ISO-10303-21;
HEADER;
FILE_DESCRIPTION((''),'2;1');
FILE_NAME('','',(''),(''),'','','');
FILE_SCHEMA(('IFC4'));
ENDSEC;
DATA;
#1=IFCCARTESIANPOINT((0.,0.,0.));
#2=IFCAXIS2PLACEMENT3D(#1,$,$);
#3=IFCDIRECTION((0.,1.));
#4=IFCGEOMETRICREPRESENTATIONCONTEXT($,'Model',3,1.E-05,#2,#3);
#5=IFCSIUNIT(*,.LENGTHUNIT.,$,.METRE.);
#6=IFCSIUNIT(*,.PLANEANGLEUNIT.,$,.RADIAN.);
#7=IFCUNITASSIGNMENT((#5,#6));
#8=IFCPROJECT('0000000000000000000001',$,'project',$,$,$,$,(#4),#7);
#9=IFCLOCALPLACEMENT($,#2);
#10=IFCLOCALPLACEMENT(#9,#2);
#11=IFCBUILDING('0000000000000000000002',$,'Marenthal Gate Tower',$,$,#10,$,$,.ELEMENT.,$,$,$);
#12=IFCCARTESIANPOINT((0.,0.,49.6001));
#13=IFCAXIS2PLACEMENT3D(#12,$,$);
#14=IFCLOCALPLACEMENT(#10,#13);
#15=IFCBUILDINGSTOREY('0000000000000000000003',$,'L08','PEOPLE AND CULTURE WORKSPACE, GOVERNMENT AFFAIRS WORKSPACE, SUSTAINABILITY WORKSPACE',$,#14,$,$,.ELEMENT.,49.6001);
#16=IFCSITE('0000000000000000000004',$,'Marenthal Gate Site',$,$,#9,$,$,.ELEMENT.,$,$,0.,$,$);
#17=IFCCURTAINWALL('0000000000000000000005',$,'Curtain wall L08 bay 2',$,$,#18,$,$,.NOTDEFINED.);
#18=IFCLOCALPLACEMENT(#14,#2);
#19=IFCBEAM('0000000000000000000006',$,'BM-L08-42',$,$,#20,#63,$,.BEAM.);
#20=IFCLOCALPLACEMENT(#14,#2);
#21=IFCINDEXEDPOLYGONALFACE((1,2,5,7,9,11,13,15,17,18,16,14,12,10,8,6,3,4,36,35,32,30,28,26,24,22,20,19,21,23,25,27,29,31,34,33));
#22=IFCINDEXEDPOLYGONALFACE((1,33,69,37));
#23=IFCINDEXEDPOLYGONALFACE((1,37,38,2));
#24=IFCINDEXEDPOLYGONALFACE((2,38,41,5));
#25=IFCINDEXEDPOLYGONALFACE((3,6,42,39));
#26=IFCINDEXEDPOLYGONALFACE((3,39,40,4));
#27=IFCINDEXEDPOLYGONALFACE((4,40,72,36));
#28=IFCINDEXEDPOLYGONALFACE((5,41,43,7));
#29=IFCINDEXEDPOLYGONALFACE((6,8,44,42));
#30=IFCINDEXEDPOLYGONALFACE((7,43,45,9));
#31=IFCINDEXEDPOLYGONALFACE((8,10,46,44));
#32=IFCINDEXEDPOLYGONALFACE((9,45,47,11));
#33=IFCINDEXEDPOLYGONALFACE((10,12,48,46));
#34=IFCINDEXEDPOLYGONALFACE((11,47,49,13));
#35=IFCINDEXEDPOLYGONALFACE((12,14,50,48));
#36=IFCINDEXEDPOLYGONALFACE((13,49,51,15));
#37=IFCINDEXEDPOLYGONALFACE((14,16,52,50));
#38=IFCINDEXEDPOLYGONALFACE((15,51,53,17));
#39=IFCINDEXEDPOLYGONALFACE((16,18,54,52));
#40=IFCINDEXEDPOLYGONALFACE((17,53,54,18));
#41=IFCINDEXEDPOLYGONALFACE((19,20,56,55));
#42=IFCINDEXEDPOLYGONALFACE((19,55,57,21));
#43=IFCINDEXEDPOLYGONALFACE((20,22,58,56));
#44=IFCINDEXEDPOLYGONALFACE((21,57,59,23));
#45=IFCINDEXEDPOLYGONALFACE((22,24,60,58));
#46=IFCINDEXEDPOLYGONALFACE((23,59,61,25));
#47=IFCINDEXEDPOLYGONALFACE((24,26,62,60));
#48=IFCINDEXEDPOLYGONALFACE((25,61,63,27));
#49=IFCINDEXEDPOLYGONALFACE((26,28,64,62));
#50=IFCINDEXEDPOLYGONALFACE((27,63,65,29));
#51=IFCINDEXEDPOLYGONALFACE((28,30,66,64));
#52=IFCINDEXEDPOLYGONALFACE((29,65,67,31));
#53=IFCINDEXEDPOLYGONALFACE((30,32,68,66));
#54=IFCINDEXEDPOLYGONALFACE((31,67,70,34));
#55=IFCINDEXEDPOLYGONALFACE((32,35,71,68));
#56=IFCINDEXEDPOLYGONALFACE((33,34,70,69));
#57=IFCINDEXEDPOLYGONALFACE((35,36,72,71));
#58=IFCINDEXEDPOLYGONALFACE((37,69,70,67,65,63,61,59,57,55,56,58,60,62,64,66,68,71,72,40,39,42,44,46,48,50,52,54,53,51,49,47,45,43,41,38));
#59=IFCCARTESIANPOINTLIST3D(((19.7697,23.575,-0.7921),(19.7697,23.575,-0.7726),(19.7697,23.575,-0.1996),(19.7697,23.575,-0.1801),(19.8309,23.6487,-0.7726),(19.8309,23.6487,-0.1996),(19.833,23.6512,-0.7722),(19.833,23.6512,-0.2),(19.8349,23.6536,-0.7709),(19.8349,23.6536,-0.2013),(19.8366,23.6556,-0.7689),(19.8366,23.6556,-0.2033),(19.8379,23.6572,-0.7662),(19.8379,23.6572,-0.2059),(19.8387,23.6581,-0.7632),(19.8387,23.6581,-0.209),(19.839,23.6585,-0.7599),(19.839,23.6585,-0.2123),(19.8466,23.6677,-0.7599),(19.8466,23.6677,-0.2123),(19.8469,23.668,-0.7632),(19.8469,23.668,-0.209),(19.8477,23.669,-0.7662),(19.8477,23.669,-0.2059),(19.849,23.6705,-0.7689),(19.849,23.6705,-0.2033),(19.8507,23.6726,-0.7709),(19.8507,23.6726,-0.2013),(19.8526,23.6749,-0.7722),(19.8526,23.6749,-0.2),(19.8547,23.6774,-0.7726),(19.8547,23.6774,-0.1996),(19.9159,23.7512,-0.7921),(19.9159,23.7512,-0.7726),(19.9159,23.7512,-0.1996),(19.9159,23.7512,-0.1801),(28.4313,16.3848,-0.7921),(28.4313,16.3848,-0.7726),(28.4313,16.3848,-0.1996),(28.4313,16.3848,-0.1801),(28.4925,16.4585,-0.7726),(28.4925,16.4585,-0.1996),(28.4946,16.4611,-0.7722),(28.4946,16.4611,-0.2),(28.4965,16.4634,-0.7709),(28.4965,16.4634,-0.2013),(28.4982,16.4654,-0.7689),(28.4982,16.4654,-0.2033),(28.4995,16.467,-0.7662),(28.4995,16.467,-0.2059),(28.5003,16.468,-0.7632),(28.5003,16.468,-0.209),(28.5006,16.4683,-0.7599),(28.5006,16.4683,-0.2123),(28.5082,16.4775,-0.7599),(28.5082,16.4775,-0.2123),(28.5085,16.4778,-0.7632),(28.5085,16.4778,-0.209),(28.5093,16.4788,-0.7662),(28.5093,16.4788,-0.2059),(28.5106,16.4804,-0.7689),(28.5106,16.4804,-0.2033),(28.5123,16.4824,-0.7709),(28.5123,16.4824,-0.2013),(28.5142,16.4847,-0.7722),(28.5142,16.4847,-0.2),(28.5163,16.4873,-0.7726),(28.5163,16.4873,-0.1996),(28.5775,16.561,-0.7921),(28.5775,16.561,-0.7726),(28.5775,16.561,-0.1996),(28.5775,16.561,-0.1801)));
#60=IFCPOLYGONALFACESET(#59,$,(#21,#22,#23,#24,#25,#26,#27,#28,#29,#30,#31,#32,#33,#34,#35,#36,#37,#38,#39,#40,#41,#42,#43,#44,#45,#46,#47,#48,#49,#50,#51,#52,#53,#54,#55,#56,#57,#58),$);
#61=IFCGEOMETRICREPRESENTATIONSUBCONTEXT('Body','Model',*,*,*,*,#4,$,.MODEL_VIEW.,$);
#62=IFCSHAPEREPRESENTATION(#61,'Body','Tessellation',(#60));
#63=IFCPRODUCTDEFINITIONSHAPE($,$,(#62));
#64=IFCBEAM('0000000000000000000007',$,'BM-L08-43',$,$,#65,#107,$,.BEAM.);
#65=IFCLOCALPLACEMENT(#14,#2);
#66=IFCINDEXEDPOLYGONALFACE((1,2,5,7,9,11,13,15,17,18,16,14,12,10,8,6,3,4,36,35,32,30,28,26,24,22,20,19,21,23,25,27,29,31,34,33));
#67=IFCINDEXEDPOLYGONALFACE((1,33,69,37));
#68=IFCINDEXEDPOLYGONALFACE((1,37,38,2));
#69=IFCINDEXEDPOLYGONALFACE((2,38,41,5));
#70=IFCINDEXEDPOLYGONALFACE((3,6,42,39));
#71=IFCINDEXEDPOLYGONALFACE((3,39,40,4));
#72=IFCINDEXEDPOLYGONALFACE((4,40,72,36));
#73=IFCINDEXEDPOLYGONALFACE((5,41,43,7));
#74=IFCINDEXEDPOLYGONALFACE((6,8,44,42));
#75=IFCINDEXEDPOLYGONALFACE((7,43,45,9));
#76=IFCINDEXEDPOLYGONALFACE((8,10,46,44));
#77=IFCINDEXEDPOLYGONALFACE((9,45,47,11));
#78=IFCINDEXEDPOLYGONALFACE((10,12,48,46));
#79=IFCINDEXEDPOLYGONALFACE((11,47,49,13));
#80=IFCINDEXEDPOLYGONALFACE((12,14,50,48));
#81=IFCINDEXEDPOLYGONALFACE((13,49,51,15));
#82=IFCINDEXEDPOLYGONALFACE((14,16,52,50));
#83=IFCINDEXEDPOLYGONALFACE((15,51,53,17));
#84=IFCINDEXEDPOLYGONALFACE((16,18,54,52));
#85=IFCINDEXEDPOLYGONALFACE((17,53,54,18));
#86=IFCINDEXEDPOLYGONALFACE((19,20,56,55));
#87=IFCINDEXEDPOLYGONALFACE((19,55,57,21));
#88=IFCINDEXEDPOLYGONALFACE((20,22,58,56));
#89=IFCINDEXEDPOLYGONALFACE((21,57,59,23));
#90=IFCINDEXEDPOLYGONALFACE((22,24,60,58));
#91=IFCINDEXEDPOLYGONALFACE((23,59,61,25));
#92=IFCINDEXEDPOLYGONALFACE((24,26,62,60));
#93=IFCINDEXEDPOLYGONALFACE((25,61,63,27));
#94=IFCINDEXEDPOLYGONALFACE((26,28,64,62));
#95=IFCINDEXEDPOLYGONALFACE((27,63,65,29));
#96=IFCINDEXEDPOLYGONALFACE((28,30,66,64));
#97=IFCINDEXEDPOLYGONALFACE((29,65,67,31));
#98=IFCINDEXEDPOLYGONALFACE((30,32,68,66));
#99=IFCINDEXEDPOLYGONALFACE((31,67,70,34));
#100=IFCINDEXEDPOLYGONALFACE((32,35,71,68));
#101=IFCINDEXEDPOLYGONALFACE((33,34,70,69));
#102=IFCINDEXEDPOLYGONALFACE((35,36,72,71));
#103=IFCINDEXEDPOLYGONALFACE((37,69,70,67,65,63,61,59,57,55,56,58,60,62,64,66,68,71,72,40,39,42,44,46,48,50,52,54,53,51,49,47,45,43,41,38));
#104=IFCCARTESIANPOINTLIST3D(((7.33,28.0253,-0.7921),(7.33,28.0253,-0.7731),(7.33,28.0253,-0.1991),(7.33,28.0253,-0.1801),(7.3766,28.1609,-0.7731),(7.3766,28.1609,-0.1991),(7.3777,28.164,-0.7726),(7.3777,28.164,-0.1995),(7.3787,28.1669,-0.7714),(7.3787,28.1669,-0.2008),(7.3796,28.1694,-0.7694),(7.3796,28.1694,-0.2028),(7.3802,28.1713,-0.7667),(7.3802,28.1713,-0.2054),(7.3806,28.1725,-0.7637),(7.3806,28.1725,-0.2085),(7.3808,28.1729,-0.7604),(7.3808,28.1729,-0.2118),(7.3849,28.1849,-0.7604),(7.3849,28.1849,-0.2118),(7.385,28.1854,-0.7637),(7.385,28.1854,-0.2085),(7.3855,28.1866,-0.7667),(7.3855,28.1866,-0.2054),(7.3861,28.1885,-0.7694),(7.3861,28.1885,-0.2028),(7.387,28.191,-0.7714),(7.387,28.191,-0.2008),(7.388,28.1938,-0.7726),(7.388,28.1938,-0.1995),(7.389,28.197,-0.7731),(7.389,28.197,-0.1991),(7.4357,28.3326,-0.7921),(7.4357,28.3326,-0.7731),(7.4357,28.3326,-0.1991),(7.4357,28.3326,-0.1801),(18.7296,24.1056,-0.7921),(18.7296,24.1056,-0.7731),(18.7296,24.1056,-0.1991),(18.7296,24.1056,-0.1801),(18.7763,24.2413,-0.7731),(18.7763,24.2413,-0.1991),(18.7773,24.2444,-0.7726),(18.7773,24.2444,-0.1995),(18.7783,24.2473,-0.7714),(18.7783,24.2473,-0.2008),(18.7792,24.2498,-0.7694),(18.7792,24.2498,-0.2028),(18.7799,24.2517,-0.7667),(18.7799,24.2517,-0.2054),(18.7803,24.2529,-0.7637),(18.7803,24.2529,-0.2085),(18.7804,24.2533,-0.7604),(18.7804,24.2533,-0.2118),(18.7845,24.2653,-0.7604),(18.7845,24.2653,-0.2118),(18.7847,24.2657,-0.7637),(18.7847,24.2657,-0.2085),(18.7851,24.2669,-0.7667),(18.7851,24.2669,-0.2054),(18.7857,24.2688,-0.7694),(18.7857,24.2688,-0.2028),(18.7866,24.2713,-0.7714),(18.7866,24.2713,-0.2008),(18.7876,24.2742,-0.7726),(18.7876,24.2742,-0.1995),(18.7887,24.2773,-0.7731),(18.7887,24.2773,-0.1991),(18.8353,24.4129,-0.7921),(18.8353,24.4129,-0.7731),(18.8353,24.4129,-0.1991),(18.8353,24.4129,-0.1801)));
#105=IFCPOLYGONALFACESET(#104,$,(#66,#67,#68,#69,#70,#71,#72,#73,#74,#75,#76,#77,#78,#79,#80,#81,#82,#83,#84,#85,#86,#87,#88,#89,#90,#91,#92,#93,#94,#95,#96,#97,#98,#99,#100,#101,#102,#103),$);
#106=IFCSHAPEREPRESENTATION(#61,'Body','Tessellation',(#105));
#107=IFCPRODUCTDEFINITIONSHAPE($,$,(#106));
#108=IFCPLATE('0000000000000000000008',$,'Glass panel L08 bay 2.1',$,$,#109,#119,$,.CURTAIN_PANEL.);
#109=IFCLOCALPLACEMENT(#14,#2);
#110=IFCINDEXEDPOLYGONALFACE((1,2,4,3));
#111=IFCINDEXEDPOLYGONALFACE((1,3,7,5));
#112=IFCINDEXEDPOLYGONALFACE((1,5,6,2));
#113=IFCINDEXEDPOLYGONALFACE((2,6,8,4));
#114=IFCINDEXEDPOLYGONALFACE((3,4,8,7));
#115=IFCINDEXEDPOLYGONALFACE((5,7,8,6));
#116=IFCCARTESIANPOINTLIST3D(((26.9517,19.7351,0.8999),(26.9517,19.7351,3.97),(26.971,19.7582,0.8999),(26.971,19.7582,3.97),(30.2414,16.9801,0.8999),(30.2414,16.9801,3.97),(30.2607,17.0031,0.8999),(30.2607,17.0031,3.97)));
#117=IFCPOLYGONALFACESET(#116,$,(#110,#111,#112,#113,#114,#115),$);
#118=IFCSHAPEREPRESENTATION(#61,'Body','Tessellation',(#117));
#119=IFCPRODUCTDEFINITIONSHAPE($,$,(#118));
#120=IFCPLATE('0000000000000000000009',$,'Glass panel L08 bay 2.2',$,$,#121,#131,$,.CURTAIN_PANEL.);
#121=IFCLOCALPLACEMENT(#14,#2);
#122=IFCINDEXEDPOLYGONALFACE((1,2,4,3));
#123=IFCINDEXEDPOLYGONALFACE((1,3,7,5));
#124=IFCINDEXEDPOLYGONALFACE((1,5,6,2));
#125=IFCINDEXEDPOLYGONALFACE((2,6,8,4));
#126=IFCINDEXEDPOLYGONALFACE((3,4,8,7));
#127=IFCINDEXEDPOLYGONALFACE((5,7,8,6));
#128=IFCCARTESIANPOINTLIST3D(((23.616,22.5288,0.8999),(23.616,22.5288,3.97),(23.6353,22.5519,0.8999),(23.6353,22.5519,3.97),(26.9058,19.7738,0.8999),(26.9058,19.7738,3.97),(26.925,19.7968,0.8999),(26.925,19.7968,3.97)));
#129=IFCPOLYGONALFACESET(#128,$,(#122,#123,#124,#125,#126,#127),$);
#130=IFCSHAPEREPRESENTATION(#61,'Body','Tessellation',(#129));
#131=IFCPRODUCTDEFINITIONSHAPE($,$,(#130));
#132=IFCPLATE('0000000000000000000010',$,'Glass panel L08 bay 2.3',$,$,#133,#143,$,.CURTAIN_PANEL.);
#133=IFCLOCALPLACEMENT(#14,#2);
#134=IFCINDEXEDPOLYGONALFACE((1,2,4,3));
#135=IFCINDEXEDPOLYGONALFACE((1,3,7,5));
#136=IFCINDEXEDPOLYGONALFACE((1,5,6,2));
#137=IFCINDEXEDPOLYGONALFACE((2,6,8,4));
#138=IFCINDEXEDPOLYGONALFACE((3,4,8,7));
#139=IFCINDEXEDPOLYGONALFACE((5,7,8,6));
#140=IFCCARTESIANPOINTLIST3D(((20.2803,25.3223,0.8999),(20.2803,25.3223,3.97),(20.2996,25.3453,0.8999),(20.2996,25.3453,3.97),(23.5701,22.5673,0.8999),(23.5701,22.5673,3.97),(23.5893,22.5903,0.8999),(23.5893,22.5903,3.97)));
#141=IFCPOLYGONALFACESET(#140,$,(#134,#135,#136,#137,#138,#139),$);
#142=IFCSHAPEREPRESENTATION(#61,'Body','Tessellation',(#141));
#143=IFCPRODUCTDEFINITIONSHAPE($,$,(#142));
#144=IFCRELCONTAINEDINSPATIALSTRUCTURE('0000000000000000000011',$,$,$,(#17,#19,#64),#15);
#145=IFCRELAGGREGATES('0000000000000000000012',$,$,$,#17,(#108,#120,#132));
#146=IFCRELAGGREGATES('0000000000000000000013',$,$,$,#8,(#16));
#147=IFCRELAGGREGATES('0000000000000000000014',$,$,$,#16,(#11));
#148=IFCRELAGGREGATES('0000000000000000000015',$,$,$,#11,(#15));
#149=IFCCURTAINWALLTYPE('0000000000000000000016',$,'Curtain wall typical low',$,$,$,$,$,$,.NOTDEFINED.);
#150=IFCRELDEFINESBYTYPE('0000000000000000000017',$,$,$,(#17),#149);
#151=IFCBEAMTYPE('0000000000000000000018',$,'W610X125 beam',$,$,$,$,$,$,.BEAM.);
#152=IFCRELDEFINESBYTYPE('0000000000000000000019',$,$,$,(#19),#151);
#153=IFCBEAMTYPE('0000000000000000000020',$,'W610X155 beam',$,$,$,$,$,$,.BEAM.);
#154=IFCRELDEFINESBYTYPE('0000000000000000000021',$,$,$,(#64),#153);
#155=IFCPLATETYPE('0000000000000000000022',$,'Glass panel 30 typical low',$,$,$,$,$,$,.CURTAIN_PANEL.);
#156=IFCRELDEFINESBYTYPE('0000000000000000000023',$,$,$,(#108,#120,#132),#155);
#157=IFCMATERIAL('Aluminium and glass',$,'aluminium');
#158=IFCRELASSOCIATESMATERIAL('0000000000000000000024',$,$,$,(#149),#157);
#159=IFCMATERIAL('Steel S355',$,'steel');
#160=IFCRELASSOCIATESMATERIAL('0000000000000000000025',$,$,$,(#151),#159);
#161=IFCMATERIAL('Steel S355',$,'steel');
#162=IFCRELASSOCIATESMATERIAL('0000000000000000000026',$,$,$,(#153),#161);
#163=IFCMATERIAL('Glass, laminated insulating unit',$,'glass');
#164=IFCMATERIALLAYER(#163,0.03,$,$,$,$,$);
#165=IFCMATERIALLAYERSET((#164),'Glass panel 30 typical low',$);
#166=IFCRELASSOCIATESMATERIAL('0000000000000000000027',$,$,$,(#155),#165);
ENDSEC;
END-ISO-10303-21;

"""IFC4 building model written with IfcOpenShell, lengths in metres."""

from ifc_helpers import new_model, si_unit, direction, frame, origin, origin_2d, place, context, subcontext, project, spatial, rectangle, i_section, extrude, material, layer, layer_set, material_profile, profile_set, type_object, element, aggregate, save


model = new_model("IFC4")

# Units and contexts
model_context = context("Model", 3, precision=1e-05, world=origin(), true_north=direction((0.0, 1.0)))
body_context = subcontext(model_context, "Body", "Model", "MODEL_VIEW")
ifc_project = project(units=[si_unit("LENGTHUNIT", "METRE"), si_unit("PLANEANGLEUNIT", "RADIAN")], contexts=[model_context])

# Site, building, storey
site_placement = place(None, origin())
site = spatial("IfcSite", under=ifc_project, at=site_placement, Name="Marenthal Gate Site", CompositionType="ELEMENT", RefElevation=0.0)
building_placement = place(site_placement, origin())
building = spatial("IfcBuilding", under=site, at=building_placement, Name="Marenthal Gate Tower", CompositionType="ELEMENT")
storey_placement = place(building_placement, frame((0.0, 0.0, 49.6001)))
storey = spatial("IfcBuildingStorey", under=building, at=storey_placement, Name="L08", Description="PEOPLE AND CULTURE WORKSPACE, GOVERNMENT AFFAIRS WORKSPACE, SUSTAINABILITY WORKSPACE", CompositionType="ELEMENT", Elevation=49.6001)

# Curtain wall
ifc_material_1 = material(Name="Aluminium and glass", Category="aluminium")
curtain_wall_type = type_object("IfcCurtainWallType", Name="Curtain wall typical low", PredefinedType="NOTDEFINED", material=ifc_material_1)
curtain_wall_placement = place(storey_placement, origin())
curtain_wall = element("IfcCurtainWall", 1, at=curtain_wall_placement, inside=storey, type_object=curtain_wall_type, Name="Curtain wall L08 bay 2", PredefinedType="NOTDEFINED")

# Beams
ifc_material_2 = material(Name="Steel S355", Category="steel")
ifc_material_profile_1 = material_profile(ifc_material_2, i_section(OverallWidth=0.229, OverallDepth=0.6121, WebThickness=0.012, FlangeThickness=0.0195, FilletRadius=0.0127, at=origin_2d()), Name="W610X125")
ifc_profile_set_1 = profile_set([ifc_material_profile_1], Name="Steel S355")
beam_type_1 = type_object("IfcBeamType", Name="W610X125 beam", PredefinedType="BEAM", material=ifc_profile_set_1)
beam_1_placement = place(storey_placement, frame((28.5044, 16.4729, -0.4861), z_axis=(-0.769436, 0.638724, 0.0), x_axis=(-0.638724, -0.769436, 0.0)))
element("IfcBeam", 2, at=beam_1_placement, inside=storey, type_object=beam_type_1, Name="BM-L08-42", PredefinedType="BEAM", context=body_context, shape_type="SweptSolid", body=[
    extrude(i_section(OverallWidth=0.229, OverallDepth=0.6121, WebThickness=0.012, FlangeThickness=0.0195, FilletRadius=0.0127, at=origin_2d()), origin(), (0.0, 0.0, 1.0), 11.2571),
])
ifc_material_3 = material(Name="Steel S355", Category="steel")
ifc_material_profile_2 = material_profile(ifc_material_3, i_section(OverallWidth=0.325, OverallDepth=0.6121, WebThickness=0.0127, FlangeThickness=0.019, FilletRadius=0.0127, at=origin_2d()), Name="W610X155")
ifc_profile_set_2 = profile_set([ifc_material_profile_2], Name="Steel S355")
beam_type_2 = type_object("IfcBeamType", Name="W610X155 beam", PredefinedType="BEAM", material=ifc_profile_set_2)
beam_2_placement = place(storey_placement, frame((18.7825, 24.2593, -0.4861), z_axis=(-0.94566, 0.325157, 0.0), x_axis=(-0.325157, -0.94566, 0.0)))
element("IfcBeam", 3, at=beam_2_placement, inside=storey, type_object=beam_type_2, Name="BM-L08-43", PredefinedType="BEAM", context=body_context, shape_type="SweptSolid", body=[
    extrude(i_section(OverallWidth=0.325, OverallDepth=0.6121, WebThickness=0.0127, FlangeThickness=0.019, FilletRadius=0.0127, at=origin_2d()), origin(), (0.0, 0.0, 1.0), 12.0547),
])

# Plates
ifc_material_4 = material(Name="Glass, laminated insulating unit", Category="glass")
ifc_layer_1 = layer(ifc_material_4, 0.03)
ifc_layer_set_1 = layer_set([ifc_layer_1], Name="Glass panel 30 typical low")
plate_type = type_object("IfcPlateType", Name="Glass panel 30 typical low", PredefinedType="CURTAIN_PANEL", material=ifc_layer_set_1)
plate_1_placement = place(storey_placement, frame((28.6062, 18.3691, 0.8999), z_axis=(0.0, 0.0, 1.0), x_axis=(-0.766665, 0.642047, 0.0)))
plate_1 = element("IfcPlate", 4, at=plate_1_placement, type_object=plate_type, Name="Glass panel L08 bay 2.1", PredefinedType="CURTAIN_PANEL", context=body_context, shape_type="SweptSolid", body=[
    extrude(rectangle(XDim=4.291, YDim=0.03, at=origin_2d()), origin(), (0.0, 0.0, 1.0), 3.0701),
])
plate_2_placement = place(storey_placement, frame((25.2705, 21.1628, 0.8999), z_axis=(0.0, 0.0, 1.0), x_axis=(-0.766665, 0.642047, 0.0)))
plate_2 = element("IfcPlate", 5, at=plate_2_placement, type_object=plate_type, Name="Glass panel L08 bay 2.2", PredefinedType="CURTAIN_PANEL", context=body_context, shape_type="SweptSolid", body=[
    extrude(rectangle(XDim=4.291, YDim=0.03, at=origin_2d()), origin(), (0.0, 0.0, 1.0), 3.0701),
])
plate_3_placement = place(storey_placement, frame((21.9348, 23.9563, 0.8999), z_axis=(0.0, 0.0, 1.0), x_axis=(-0.766665, 0.642047, 0.0)))
plate_3 = element("IfcPlate", 6, at=plate_3_placement, type_object=plate_type, Name="Glass panel L08 bay 2.3", PredefinedType="CURTAIN_PANEL", context=body_context, shape_type="SweptSolid", body=[
    extrude(rectangle(XDim=4.291, YDim=0.03, at=origin_2d()), origin(), (0.0, 0.0, 1.0), 3.0701),
])
aggregate(curtain_wall, [plate_1, plate_2, plate_3])

save(model, "model.ifc")
